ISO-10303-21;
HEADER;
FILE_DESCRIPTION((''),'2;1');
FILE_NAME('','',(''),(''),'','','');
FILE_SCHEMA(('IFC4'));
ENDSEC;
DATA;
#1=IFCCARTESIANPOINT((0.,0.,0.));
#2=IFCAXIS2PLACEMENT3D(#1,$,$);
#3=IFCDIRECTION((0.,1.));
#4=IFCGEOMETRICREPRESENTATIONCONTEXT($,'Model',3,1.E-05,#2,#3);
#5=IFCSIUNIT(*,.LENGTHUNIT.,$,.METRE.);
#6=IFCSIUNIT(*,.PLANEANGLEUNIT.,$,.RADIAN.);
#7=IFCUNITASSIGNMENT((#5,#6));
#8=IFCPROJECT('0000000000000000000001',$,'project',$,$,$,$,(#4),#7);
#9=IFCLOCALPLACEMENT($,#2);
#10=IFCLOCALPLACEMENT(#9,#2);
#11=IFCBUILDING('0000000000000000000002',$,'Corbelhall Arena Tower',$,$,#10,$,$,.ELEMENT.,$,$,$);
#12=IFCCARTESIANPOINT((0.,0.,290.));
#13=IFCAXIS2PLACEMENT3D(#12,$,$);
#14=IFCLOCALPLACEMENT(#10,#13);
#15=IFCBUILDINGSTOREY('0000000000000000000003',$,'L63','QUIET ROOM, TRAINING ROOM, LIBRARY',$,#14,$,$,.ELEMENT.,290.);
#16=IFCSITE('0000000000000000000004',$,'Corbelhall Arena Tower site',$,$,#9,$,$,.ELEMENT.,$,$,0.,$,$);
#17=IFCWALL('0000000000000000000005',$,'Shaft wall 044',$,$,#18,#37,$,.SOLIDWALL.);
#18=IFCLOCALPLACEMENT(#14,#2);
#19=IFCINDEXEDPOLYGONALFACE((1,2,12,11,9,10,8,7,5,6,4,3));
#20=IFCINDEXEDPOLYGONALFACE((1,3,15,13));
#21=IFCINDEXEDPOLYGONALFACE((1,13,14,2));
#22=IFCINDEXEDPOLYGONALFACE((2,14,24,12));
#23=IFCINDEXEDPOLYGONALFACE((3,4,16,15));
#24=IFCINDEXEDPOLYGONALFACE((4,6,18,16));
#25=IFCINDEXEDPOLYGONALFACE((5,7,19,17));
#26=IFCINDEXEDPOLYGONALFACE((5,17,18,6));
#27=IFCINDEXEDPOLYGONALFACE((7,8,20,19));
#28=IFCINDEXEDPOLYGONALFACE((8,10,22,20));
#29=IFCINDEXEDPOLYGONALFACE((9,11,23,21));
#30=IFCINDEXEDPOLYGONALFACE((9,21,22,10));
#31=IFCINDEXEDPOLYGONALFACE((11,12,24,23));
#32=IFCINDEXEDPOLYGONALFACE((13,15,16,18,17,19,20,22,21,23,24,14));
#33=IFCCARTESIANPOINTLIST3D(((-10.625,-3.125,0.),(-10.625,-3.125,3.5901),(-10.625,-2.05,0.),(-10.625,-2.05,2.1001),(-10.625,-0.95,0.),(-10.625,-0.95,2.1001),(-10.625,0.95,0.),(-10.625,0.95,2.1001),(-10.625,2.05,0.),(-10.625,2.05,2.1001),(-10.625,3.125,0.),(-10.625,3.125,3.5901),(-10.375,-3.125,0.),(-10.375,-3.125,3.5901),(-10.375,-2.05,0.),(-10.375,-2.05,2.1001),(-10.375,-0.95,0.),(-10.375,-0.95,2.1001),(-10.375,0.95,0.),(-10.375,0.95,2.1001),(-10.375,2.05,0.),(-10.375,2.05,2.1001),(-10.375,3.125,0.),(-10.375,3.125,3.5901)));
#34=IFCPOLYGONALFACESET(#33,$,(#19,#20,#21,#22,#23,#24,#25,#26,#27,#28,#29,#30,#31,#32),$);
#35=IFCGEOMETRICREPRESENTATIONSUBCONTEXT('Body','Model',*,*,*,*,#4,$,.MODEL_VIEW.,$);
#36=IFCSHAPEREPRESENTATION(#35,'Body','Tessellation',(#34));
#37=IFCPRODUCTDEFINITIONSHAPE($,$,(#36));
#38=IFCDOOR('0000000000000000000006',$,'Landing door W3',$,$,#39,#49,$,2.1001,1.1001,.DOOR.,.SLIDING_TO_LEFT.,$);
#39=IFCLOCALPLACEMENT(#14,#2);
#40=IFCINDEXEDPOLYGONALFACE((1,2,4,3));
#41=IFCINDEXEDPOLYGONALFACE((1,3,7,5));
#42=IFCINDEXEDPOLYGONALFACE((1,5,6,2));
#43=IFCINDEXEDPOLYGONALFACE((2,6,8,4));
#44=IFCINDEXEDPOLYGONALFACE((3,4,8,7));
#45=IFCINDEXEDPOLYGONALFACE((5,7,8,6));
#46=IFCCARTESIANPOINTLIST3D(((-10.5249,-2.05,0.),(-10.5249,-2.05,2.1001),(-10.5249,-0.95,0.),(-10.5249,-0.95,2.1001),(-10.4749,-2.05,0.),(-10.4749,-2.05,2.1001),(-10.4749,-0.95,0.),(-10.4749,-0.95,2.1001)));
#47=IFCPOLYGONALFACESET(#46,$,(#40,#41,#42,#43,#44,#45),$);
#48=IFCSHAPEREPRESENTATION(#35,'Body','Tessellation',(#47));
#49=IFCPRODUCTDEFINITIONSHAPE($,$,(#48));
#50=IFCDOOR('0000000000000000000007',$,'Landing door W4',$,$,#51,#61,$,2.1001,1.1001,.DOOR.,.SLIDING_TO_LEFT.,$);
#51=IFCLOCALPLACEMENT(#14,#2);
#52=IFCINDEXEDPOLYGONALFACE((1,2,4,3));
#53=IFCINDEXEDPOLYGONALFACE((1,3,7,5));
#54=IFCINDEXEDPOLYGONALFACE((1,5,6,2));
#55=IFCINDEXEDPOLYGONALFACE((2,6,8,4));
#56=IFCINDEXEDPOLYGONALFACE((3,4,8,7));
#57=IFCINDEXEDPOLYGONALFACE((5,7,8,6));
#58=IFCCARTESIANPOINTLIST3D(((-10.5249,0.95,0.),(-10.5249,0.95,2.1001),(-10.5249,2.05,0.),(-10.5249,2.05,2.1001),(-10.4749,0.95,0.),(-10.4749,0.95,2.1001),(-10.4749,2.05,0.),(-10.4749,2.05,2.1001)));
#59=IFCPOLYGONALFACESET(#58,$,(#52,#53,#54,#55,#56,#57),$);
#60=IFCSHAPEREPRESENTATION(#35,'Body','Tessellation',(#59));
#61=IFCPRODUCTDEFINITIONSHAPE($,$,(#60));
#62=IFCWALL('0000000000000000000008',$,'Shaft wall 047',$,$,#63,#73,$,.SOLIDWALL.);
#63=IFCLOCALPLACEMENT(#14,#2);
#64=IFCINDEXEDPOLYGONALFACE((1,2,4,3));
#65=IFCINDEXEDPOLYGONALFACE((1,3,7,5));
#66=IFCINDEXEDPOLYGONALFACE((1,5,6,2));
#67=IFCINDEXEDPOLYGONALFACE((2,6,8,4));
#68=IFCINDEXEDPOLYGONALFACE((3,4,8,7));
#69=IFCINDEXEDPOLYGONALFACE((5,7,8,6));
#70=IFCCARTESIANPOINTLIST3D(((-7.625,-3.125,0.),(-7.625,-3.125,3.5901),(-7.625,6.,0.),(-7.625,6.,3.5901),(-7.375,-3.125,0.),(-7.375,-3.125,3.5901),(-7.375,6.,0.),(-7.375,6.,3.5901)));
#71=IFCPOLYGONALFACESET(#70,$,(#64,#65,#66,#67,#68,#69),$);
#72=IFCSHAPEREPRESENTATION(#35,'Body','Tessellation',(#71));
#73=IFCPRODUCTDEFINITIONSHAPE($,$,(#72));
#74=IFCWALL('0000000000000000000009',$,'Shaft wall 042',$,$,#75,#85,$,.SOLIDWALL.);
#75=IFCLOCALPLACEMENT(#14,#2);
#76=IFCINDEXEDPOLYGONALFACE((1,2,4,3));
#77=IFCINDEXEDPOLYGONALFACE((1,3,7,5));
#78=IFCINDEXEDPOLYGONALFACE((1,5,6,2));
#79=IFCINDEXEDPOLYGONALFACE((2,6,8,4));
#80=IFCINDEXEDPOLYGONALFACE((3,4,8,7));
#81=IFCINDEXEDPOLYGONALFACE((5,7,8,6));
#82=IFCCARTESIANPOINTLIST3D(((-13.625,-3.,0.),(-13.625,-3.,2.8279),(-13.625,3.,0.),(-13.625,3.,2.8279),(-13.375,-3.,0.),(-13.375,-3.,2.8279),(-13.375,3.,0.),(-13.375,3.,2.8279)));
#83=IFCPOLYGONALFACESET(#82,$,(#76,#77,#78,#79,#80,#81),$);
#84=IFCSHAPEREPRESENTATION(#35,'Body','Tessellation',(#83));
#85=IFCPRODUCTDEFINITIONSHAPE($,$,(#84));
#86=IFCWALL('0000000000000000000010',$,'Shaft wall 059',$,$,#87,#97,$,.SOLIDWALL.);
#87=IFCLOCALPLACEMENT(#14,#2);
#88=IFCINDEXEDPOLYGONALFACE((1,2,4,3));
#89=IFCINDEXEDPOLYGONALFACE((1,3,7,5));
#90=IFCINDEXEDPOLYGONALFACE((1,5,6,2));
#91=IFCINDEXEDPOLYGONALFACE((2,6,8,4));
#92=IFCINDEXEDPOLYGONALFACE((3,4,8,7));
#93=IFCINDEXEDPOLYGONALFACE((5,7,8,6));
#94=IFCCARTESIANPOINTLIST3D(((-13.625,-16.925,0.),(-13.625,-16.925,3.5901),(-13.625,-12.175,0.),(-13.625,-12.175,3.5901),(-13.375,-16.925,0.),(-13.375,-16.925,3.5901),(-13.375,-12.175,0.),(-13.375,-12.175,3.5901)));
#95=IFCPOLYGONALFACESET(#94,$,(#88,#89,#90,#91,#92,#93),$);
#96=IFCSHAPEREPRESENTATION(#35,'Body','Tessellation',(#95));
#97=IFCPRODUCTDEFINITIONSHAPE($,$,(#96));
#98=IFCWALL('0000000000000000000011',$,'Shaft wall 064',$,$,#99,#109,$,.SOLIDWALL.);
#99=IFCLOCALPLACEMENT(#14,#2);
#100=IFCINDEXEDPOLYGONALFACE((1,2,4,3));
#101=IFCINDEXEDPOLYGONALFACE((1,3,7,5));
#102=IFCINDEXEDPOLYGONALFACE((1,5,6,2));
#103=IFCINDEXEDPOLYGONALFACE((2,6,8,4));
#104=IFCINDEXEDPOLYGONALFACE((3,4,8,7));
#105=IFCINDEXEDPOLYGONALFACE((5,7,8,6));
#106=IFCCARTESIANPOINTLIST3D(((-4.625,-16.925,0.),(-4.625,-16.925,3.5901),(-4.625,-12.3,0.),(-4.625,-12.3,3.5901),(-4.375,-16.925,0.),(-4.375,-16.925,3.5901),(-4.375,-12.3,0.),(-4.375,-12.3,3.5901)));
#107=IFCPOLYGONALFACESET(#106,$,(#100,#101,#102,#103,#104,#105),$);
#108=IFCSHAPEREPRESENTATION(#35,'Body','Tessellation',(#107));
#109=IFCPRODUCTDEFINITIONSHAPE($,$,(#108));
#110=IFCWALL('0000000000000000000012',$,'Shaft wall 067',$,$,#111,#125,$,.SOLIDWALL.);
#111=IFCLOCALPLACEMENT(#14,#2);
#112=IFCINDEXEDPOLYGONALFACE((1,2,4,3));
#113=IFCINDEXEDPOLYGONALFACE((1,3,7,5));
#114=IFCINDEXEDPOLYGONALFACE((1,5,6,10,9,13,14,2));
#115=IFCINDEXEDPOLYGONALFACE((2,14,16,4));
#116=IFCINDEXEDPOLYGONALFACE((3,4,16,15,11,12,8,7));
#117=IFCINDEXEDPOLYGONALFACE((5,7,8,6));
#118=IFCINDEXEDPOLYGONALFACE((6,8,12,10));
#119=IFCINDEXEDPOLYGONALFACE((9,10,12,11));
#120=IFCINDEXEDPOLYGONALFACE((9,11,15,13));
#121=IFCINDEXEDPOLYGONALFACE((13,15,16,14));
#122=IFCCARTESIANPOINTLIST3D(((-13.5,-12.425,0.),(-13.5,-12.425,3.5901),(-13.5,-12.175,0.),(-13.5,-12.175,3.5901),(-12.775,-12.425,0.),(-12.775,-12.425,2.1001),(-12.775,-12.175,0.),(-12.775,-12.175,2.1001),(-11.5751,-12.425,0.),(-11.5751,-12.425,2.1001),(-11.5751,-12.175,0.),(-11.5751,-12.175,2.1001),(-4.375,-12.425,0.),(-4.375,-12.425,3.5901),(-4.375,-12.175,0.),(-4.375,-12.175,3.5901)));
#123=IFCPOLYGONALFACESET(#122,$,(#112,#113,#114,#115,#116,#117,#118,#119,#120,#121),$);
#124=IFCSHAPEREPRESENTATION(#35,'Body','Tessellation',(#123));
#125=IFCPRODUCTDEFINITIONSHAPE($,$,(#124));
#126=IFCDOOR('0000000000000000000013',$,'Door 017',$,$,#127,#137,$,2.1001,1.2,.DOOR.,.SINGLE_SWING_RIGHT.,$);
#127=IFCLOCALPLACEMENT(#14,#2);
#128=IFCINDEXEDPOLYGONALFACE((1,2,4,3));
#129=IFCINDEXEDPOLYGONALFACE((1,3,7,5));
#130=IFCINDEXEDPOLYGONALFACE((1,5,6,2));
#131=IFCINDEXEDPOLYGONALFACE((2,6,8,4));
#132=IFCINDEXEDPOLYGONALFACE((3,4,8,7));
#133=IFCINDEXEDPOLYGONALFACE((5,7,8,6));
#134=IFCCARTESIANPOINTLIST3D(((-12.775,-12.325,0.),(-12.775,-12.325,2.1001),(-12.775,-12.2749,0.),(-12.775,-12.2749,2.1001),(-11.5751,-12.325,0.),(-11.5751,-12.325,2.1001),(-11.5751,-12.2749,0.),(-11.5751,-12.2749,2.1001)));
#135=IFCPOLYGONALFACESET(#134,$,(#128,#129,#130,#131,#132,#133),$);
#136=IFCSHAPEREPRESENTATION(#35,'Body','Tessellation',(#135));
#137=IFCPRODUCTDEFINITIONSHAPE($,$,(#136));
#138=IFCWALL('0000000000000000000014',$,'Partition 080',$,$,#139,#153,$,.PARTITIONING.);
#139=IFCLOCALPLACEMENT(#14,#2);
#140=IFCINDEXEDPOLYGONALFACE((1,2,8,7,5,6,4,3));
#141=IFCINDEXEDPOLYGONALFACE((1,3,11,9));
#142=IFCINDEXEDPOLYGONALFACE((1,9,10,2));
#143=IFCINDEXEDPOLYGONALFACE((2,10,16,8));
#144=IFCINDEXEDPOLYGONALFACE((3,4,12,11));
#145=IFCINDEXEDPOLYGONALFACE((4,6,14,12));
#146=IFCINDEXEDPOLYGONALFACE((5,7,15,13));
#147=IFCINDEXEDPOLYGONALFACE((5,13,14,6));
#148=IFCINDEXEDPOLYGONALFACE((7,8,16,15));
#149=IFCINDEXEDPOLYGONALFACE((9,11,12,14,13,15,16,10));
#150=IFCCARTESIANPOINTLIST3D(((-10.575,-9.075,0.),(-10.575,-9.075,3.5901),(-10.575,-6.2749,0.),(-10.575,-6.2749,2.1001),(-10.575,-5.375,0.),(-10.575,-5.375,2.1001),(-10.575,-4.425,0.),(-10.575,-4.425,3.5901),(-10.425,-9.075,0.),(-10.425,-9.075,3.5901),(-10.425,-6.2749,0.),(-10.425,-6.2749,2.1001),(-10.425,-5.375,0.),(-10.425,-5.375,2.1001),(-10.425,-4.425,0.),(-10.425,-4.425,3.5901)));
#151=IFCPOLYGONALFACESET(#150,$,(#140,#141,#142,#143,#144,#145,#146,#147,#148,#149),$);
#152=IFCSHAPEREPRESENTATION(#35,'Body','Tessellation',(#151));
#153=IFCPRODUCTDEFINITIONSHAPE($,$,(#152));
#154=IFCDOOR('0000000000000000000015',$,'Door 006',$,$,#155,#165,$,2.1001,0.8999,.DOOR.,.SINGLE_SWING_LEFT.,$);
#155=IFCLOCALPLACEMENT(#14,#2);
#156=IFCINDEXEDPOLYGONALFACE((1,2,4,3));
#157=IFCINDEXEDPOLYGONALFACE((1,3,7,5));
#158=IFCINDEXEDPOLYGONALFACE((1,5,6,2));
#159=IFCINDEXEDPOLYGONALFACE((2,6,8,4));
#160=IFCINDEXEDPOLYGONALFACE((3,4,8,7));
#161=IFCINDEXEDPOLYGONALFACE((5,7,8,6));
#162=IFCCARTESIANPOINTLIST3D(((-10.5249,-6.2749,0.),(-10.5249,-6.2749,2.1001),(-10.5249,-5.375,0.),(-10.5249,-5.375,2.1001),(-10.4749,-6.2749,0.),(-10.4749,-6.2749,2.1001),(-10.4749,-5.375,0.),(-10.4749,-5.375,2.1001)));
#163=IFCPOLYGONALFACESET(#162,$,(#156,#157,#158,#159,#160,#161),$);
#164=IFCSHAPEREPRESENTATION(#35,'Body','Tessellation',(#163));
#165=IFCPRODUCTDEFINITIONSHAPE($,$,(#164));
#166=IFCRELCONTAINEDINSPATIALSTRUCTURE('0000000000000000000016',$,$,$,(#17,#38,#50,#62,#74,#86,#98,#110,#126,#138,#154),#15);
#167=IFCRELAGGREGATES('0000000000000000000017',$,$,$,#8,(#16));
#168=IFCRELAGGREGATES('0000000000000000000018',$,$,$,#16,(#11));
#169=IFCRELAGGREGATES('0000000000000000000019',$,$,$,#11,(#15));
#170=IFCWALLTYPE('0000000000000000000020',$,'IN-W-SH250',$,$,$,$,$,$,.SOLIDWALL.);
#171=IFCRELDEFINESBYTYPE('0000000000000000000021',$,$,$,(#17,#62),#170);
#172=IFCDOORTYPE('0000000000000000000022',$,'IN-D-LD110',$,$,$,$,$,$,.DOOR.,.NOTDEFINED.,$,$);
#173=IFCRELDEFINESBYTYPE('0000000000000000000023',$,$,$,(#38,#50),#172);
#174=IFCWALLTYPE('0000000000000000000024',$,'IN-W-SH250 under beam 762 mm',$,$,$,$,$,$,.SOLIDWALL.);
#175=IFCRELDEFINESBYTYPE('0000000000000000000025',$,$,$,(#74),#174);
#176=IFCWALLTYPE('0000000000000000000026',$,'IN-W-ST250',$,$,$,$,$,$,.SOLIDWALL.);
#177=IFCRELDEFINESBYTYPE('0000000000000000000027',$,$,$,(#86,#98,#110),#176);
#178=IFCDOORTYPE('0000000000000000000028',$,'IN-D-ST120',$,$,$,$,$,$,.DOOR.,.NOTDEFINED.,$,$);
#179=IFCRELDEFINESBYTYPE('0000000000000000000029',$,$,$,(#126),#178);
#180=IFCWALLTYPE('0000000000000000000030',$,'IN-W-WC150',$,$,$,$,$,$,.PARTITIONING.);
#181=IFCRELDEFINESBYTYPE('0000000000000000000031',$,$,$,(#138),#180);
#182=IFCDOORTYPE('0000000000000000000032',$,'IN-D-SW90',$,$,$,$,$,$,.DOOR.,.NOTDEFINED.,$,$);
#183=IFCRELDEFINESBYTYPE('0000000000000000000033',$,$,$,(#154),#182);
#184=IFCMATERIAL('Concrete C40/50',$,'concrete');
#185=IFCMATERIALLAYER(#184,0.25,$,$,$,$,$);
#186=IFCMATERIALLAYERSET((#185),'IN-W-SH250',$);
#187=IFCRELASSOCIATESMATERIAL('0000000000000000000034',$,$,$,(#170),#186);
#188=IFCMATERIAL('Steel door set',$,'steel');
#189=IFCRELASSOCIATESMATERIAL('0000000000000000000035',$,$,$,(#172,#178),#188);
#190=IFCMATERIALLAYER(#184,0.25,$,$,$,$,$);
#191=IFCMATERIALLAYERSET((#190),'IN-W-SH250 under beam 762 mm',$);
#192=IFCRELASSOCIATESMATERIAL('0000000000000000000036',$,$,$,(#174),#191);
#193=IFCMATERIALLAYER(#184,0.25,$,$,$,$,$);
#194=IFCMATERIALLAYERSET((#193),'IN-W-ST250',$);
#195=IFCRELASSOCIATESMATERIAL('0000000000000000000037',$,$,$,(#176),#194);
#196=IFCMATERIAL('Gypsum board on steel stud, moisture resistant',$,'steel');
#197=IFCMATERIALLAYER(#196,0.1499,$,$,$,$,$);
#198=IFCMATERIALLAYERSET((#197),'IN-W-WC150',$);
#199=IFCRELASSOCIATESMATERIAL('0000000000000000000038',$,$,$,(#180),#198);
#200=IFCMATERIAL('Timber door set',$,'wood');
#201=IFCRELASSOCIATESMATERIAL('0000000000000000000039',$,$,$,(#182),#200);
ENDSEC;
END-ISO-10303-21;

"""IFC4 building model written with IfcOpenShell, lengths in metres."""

from ifc_helpers import new_model, si_unit, direction, frame, frame_2d, origin, place, context, subcontext, project, spatial, rectangle, extrude, material, layer, layer_set, type_object, element, fill, save


model = new_model("IFC4")

# Units and contexts
model_context = context("Model", 3, precision=1e-05, world=origin(), true_north=direction((0.0, 1.0)))
body_context = subcontext(model_context, "Body", "Model", "MODEL_VIEW")
ifc_project = project(units=[si_unit("LENGTHUNIT", "METRE"), si_unit("PLANEANGLEUNIT", "RADIAN")], contexts=[model_context])

# Site, building, storey
site_placement = place(None, origin())
site = spatial("IfcSite", under=ifc_project, at=site_placement, Name="Corbelhall Arena Tower site", CompositionType="ELEMENT", RefElevation=0.0)
building_placement = place(site_placement, origin())
building = spatial("IfcBuilding", under=site, at=building_placement, Name="Corbelhall Arena Tower", CompositionType="ELEMENT")
storey_placement = place(building_placement, frame((0.0, 0.0, 290.0)))
storey = spatial("IfcBuildingStorey", under=building, at=storey_placement, Name="L63", Description="QUIET ROOM, TRAINING ROOM, LIBRARY", CompositionType="ELEMENT", Elevation=290.0)

# Shared definitions
ifc_material_1 = material(Name="Steel door set", Category="steel")

# Wall, openings, doors
ifc_material_2 = material(Name="Concrete C40/50", Category="concrete")
ifc_layer_1 = layer(ifc_material_2, 0.25)
ifc_layer_set_1 = layer_set([ifc_layer_1], Name="IN-W-SH250")
wall_type_1 = type_object("IfcWallType", Name="IN-W-SH250", PredefinedType="SOLIDWALL", material=ifc_layer_set_1)
wall_1_placement = place(storey_placement, frame((-10.5, -3.125, 0.0), z_axis=(0.0, 0.0, 1.0), x_axis=(0.0, 1.0, 0.0)))
wall_1 = element("IfcWall", 1, at=wall_1_placement, inside=storey, type_object=wall_type_1, Name="Shaft wall 044", PredefinedType="SOLIDWALL", context=body_context, shape_type="SweptSolid", body=[
    extrude(rectangle(XDim=6.25, YDim=0.25, at=frame_2d((3.125, 0.0))), origin(), (0.0, 0.0, 1.0), 3.5901),
])
opening_1_placement = place(wall_1_placement, frame((1.075, 0.0, 0.0)))
opening_1 = element("IfcOpeningElement", 2, at=opening_1_placement, cuts=wall_1, PredefinedType="OPENING", context=body_context, shape_type="SweptSolid", body=[
    extrude(rectangle(XDim=1.1001, YDim=2.1001, at=frame_2d((0.55, 1.05))), frame((0.0, 0.125, 0.0), z_axis=(0.0, -1.0, 0.0), x_axis=(1.0, 0.0, 0.0)), (0.0, 0.0, 1.0), 0.25),
])
opening_2_placement = place(wall_1_placement, frame((4.075, 0.0, 0.0)))
opening_2 = element("IfcOpeningElement", 3, at=opening_2_placement, cuts=wall_1, PredefinedType="OPENING", context=body_context, shape_type="SweptSolid", body=[
    extrude(rectangle(XDim=1.1001, YDim=2.1001, at=frame_2d((0.55, 1.05))), frame((0.0, 0.125, 0.0), z_axis=(0.0, -1.0, 0.0), x_axis=(1.0, 0.0, 0.0)), (0.0, 0.0, 1.0), 0.25),
])
door_type_1 = type_object("IfcDoorType", Name="IN-D-LD110", OperationType="NOTDEFINED", PredefinedType="DOOR", material=ifc_material_1)
door_1_placement = place(opening_1_placement, origin())
door_1 = element("IfcDoor", 4, at=door_1_placement, inside=storey, type_object=door_type_1, Name="Landing door W3", OperationType="SLIDING_TO_LEFT", OverallHeight=2.1001, OverallWidth=1.1001, PredefinedType="DOOR", context=body_context, shape_type="SweptSolid", body=[
    extrude(rectangle(XDim=1.1001, YDim=2.1001, at=frame_2d((0.55, 1.05))), frame((0.0, 0.0249, 0.0), z_axis=(0.0, -1.0, 0.0), x_axis=(1.0, 0.0, 0.0)), (0.0, 0.0, 1.0), 0.05),
])
fill(opening_1, door_1)
door_2_placement = place(opening_2_placement, origin())
door_2 = element("IfcDoor", 5, at=door_2_placement, inside=storey, type_object=door_type_1, Name="Landing door W4", OperationType="SLIDING_TO_LEFT", OverallHeight=2.1001, OverallWidth=1.1001, PredefinedType="DOOR", context=body_context, shape_type="SweptSolid", body=[
    extrude(rectangle(XDim=1.1001, YDim=2.1001, at=frame_2d((0.55, 1.05))), frame((0.0, 0.0249, 0.0), z_axis=(0.0, -1.0, 0.0), x_axis=(1.0, 0.0, 0.0)), (0.0, 0.0, 1.0), 0.05),
])
fill(opening_2, door_2)

# Walls
wall_2_placement = place(storey_placement, frame((-7.5, -3.125, 0.0), z_axis=(0.0, 0.0, 1.0), x_axis=(0.0, 1.0, 0.0)))
element("IfcWall", 6, at=wall_2_placement, inside=storey, type_object=wall_type_1, Name="Shaft wall 047", PredefinedType="SOLIDWALL", context=body_context, shape_type="SweptSolid", body=[
    extrude(rectangle(XDim=9.125, YDim=0.25, at=frame_2d((4.5625, 0.0))), origin(), (0.0, 0.0, 1.0), 3.5901),
])
ifc_layer_2 = layer(ifc_material_2, 0.25)
ifc_layer_set_2 = layer_set([ifc_layer_2], Name="IN-W-SH250 under beam 762 mm")
wall_type_2 = type_object("IfcWallType", Name="IN-W-SH250 under beam 762 mm", PredefinedType="SOLIDWALL", material=ifc_layer_set_2)
wall_3_placement = place(storey_placement, frame((-13.5, -3.0, 0.0), z_axis=(0.0, 0.0, 1.0), x_axis=(0.0, 1.0, 0.0)))
element("IfcWall", 7, at=wall_3_placement, inside=storey, type_object=wall_type_2, Name="Shaft wall 042", PredefinedType="SOLIDWALL", context=body_context, shape_type="SweptSolid", body=[
    extrude(rectangle(XDim=6.0, YDim=0.25, at=frame_2d((3.0, 0.0))), origin(), (0.0, 0.0, 1.0), 2.8279),
])
ifc_layer_3 = layer(ifc_material_2, 0.25)
ifc_layer_set_3 = layer_set([ifc_layer_3], Name="IN-W-ST250")
wall_type_3 = type_object("IfcWallType", Name="IN-W-ST250", PredefinedType="SOLIDWALL", material=ifc_layer_set_3)
wall_4_placement = place(storey_placement, frame((-13.5, -12.175, 0.0), z_axis=(0.0, 0.0, 1.0), x_axis=(0.0, -1.0, 0.0)))
element("IfcWall", 8, at=wall_4_placement, inside=storey, type_object=wall_type_3, Name="Shaft wall 059", PredefinedType="SOLIDWALL", context=body_context, shape_type="SweptSolid", body=[
    extrude(rectangle(XDim=4.75, YDim=0.25, at=frame_2d((2.375, 0.0))), origin(), (0.0, 0.0, 1.0), 3.5901),
])
wall_5_placement = place(storey_placement, frame((-4.5, -12.3, 0.0), z_axis=(0.0, 0.0, 1.0), x_axis=(0.0, -1.0, 0.0)))
element("IfcWall", 9, at=wall_5_placement, inside=storey, type_object=wall_type_3, Name="Shaft wall 064", PredefinedType="SOLIDWALL", context=body_context, shape_type="SweptSolid", body=[
    extrude(rectangle(XDim=4.625, YDim=0.25, at=frame_2d((2.3125, 0.0))), origin(), (0.0, 0.0, 1.0), 3.5901),
])

# Walls, openings, doors
wall_6_placement = place(storey_placement, frame((-4.375, -12.3, 0.0), z_axis=(0.0, 0.0, 1.0), x_axis=(-1.0, 0.0, 0.0)))
wall_6 = element("IfcWall", 10, at=wall_6_placement, inside=storey, type_object=wall_type_3, Name="Shaft wall 067", PredefinedType="SOLIDWALL", context=body_context, shape_type="SweptSolid", body=[
    extrude(rectangle(XDim=9.125, YDim=0.25, at=frame_2d((4.5625, 0.0))), origin(), (0.0, 0.0, 1.0), 3.5901),
])
opening_3_placement = place(wall_6_placement, frame((7.2, 0.0, 0.0)))
opening_3 = element("IfcOpeningElement", 11, at=opening_3_placement, cuts=wall_6, PredefinedType="OPENING", context=body_context, shape_type="SweptSolid", body=[
    extrude(rectangle(XDim=1.2, YDim=2.1001, at=frame_2d((0.6001, 1.05))), frame((0.0, 0.125, 0.0), z_axis=(0.0, -1.0, 0.0), x_axis=(1.0, 0.0, 0.0)), (0.0, 0.0, 1.0), 0.25),
])
door_type_2 = type_object("IfcDoorType", Name="IN-D-ST120", OperationType="NOTDEFINED", PredefinedType="DOOR", material=ifc_material_1)
door_3_placement = place(opening_3_placement, origin())
door_3 = element("IfcDoor", 12, at=door_3_placement, inside=storey, type_object=door_type_2, Name="Door 017", OperationType="SINGLE_SWING_RIGHT", OverallHeight=2.1001, OverallWidth=1.2, PredefinedType="DOOR", context=body_context, shape_type="SweptSolid", body=[
    extrude(rectangle(XDim=1.2, YDim=2.1001, at=frame_2d((0.6001, 1.05))), frame((0.0, 0.0249, 0.0), z_axis=(0.0, -1.0, 0.0), x_axis=(1.0, 0.0, 0.0)), (0.0, 0.0, 1.0), 0.05),
])
fill(opening_3, door_3)
ifc_material_3 = material(Name="Gypsum board on steel stud, moisture resistant", Category="steel")
ifc_layer_4 = layer(ifc_material_3, 0.1499)
ifc_layer_set_4 = layer_set([ifc_layer_4], Name="IN-W-WC150")
wall_type_4 = type_object("IfcWallType", Name="IN-W-WC150", PredefinedType="PARTITIONING", material=ifc_layer_set_4)
wall_7_placement = place(storey_placement, frame((-10.5, -9.075, 0.0), z_axis=(0.0, 0.0, 1.0), x_axis=(0.0, 1.0, 0.0)))
wall_7 = element("IfcWall", 13, at=wall_7_placement, inside=storey, type_object=wall_type_4, Name="Partition 080", PredefinedType="PARTITIONING", context=body_context, shape_type="SweptSolid", body=[
    extrude(rectangle(XDim=4.6499, YDim=0.1499, at=frame_2d((2.325, 0.0))), origin(), (0.0, 0.0, 1.0), 3.5901),
])
opening_4_placement = place(wall_7_placement, frame((2.8, 0.0, 0.0)))
opening_4 = element("IfcOpeningElement", 14, at=opening_4_placement, cuts=wall_7, PredefinedType="OPENING", context=body_context, shape_type="SweptSolid", body=[
    extrude(rectangle(XDim=0.8999, YDim=2.1001, at=frame_2d((0.45, 1.05))), frame((0.0, 0.075, 0.0), z_axis=(0.0, -1.0, 0.0), x_axis=(1.0, 0.0, 0.0)), (0.0, 0.0, 1.0), 0.1499),
])
ifc_material_4 = material(Name="Timber door set", Category="wood")
door_type_3 = type_object("IfcDoorType", Name="IN-D-SW90", OperationType="NOTDEFINED", PredefinedType="DOOR", material=ifc_material_4)
door_4_placement = place(opening_4_placement, origin())
door_4 = element("IfcDoor", 15, at=door_4_placement, inside=storey, type_object=door_type_3, Name="Door 006", OperationType="SINGLE_SWING_LEFT", OverallHeight=2.1001, OverallWidth=0.8999, PredefinedType="DOOR", context=body_context, shape_type="SweptSolid", body=[
    extrude(rectangle(XDim=0.8999, YDim=2.1001, at=frame_2d((0.45, 1.05))), frame((0.0, 0.0249, 0.0), z_axis=(0.0, -1.0, 0.0), x_axis=(1.0, 0.0, 0.0)), (0.0, 0.0, 1.0), 0.05),
])
fill(opening_4, door_4)

save(model, "model.ifc")
